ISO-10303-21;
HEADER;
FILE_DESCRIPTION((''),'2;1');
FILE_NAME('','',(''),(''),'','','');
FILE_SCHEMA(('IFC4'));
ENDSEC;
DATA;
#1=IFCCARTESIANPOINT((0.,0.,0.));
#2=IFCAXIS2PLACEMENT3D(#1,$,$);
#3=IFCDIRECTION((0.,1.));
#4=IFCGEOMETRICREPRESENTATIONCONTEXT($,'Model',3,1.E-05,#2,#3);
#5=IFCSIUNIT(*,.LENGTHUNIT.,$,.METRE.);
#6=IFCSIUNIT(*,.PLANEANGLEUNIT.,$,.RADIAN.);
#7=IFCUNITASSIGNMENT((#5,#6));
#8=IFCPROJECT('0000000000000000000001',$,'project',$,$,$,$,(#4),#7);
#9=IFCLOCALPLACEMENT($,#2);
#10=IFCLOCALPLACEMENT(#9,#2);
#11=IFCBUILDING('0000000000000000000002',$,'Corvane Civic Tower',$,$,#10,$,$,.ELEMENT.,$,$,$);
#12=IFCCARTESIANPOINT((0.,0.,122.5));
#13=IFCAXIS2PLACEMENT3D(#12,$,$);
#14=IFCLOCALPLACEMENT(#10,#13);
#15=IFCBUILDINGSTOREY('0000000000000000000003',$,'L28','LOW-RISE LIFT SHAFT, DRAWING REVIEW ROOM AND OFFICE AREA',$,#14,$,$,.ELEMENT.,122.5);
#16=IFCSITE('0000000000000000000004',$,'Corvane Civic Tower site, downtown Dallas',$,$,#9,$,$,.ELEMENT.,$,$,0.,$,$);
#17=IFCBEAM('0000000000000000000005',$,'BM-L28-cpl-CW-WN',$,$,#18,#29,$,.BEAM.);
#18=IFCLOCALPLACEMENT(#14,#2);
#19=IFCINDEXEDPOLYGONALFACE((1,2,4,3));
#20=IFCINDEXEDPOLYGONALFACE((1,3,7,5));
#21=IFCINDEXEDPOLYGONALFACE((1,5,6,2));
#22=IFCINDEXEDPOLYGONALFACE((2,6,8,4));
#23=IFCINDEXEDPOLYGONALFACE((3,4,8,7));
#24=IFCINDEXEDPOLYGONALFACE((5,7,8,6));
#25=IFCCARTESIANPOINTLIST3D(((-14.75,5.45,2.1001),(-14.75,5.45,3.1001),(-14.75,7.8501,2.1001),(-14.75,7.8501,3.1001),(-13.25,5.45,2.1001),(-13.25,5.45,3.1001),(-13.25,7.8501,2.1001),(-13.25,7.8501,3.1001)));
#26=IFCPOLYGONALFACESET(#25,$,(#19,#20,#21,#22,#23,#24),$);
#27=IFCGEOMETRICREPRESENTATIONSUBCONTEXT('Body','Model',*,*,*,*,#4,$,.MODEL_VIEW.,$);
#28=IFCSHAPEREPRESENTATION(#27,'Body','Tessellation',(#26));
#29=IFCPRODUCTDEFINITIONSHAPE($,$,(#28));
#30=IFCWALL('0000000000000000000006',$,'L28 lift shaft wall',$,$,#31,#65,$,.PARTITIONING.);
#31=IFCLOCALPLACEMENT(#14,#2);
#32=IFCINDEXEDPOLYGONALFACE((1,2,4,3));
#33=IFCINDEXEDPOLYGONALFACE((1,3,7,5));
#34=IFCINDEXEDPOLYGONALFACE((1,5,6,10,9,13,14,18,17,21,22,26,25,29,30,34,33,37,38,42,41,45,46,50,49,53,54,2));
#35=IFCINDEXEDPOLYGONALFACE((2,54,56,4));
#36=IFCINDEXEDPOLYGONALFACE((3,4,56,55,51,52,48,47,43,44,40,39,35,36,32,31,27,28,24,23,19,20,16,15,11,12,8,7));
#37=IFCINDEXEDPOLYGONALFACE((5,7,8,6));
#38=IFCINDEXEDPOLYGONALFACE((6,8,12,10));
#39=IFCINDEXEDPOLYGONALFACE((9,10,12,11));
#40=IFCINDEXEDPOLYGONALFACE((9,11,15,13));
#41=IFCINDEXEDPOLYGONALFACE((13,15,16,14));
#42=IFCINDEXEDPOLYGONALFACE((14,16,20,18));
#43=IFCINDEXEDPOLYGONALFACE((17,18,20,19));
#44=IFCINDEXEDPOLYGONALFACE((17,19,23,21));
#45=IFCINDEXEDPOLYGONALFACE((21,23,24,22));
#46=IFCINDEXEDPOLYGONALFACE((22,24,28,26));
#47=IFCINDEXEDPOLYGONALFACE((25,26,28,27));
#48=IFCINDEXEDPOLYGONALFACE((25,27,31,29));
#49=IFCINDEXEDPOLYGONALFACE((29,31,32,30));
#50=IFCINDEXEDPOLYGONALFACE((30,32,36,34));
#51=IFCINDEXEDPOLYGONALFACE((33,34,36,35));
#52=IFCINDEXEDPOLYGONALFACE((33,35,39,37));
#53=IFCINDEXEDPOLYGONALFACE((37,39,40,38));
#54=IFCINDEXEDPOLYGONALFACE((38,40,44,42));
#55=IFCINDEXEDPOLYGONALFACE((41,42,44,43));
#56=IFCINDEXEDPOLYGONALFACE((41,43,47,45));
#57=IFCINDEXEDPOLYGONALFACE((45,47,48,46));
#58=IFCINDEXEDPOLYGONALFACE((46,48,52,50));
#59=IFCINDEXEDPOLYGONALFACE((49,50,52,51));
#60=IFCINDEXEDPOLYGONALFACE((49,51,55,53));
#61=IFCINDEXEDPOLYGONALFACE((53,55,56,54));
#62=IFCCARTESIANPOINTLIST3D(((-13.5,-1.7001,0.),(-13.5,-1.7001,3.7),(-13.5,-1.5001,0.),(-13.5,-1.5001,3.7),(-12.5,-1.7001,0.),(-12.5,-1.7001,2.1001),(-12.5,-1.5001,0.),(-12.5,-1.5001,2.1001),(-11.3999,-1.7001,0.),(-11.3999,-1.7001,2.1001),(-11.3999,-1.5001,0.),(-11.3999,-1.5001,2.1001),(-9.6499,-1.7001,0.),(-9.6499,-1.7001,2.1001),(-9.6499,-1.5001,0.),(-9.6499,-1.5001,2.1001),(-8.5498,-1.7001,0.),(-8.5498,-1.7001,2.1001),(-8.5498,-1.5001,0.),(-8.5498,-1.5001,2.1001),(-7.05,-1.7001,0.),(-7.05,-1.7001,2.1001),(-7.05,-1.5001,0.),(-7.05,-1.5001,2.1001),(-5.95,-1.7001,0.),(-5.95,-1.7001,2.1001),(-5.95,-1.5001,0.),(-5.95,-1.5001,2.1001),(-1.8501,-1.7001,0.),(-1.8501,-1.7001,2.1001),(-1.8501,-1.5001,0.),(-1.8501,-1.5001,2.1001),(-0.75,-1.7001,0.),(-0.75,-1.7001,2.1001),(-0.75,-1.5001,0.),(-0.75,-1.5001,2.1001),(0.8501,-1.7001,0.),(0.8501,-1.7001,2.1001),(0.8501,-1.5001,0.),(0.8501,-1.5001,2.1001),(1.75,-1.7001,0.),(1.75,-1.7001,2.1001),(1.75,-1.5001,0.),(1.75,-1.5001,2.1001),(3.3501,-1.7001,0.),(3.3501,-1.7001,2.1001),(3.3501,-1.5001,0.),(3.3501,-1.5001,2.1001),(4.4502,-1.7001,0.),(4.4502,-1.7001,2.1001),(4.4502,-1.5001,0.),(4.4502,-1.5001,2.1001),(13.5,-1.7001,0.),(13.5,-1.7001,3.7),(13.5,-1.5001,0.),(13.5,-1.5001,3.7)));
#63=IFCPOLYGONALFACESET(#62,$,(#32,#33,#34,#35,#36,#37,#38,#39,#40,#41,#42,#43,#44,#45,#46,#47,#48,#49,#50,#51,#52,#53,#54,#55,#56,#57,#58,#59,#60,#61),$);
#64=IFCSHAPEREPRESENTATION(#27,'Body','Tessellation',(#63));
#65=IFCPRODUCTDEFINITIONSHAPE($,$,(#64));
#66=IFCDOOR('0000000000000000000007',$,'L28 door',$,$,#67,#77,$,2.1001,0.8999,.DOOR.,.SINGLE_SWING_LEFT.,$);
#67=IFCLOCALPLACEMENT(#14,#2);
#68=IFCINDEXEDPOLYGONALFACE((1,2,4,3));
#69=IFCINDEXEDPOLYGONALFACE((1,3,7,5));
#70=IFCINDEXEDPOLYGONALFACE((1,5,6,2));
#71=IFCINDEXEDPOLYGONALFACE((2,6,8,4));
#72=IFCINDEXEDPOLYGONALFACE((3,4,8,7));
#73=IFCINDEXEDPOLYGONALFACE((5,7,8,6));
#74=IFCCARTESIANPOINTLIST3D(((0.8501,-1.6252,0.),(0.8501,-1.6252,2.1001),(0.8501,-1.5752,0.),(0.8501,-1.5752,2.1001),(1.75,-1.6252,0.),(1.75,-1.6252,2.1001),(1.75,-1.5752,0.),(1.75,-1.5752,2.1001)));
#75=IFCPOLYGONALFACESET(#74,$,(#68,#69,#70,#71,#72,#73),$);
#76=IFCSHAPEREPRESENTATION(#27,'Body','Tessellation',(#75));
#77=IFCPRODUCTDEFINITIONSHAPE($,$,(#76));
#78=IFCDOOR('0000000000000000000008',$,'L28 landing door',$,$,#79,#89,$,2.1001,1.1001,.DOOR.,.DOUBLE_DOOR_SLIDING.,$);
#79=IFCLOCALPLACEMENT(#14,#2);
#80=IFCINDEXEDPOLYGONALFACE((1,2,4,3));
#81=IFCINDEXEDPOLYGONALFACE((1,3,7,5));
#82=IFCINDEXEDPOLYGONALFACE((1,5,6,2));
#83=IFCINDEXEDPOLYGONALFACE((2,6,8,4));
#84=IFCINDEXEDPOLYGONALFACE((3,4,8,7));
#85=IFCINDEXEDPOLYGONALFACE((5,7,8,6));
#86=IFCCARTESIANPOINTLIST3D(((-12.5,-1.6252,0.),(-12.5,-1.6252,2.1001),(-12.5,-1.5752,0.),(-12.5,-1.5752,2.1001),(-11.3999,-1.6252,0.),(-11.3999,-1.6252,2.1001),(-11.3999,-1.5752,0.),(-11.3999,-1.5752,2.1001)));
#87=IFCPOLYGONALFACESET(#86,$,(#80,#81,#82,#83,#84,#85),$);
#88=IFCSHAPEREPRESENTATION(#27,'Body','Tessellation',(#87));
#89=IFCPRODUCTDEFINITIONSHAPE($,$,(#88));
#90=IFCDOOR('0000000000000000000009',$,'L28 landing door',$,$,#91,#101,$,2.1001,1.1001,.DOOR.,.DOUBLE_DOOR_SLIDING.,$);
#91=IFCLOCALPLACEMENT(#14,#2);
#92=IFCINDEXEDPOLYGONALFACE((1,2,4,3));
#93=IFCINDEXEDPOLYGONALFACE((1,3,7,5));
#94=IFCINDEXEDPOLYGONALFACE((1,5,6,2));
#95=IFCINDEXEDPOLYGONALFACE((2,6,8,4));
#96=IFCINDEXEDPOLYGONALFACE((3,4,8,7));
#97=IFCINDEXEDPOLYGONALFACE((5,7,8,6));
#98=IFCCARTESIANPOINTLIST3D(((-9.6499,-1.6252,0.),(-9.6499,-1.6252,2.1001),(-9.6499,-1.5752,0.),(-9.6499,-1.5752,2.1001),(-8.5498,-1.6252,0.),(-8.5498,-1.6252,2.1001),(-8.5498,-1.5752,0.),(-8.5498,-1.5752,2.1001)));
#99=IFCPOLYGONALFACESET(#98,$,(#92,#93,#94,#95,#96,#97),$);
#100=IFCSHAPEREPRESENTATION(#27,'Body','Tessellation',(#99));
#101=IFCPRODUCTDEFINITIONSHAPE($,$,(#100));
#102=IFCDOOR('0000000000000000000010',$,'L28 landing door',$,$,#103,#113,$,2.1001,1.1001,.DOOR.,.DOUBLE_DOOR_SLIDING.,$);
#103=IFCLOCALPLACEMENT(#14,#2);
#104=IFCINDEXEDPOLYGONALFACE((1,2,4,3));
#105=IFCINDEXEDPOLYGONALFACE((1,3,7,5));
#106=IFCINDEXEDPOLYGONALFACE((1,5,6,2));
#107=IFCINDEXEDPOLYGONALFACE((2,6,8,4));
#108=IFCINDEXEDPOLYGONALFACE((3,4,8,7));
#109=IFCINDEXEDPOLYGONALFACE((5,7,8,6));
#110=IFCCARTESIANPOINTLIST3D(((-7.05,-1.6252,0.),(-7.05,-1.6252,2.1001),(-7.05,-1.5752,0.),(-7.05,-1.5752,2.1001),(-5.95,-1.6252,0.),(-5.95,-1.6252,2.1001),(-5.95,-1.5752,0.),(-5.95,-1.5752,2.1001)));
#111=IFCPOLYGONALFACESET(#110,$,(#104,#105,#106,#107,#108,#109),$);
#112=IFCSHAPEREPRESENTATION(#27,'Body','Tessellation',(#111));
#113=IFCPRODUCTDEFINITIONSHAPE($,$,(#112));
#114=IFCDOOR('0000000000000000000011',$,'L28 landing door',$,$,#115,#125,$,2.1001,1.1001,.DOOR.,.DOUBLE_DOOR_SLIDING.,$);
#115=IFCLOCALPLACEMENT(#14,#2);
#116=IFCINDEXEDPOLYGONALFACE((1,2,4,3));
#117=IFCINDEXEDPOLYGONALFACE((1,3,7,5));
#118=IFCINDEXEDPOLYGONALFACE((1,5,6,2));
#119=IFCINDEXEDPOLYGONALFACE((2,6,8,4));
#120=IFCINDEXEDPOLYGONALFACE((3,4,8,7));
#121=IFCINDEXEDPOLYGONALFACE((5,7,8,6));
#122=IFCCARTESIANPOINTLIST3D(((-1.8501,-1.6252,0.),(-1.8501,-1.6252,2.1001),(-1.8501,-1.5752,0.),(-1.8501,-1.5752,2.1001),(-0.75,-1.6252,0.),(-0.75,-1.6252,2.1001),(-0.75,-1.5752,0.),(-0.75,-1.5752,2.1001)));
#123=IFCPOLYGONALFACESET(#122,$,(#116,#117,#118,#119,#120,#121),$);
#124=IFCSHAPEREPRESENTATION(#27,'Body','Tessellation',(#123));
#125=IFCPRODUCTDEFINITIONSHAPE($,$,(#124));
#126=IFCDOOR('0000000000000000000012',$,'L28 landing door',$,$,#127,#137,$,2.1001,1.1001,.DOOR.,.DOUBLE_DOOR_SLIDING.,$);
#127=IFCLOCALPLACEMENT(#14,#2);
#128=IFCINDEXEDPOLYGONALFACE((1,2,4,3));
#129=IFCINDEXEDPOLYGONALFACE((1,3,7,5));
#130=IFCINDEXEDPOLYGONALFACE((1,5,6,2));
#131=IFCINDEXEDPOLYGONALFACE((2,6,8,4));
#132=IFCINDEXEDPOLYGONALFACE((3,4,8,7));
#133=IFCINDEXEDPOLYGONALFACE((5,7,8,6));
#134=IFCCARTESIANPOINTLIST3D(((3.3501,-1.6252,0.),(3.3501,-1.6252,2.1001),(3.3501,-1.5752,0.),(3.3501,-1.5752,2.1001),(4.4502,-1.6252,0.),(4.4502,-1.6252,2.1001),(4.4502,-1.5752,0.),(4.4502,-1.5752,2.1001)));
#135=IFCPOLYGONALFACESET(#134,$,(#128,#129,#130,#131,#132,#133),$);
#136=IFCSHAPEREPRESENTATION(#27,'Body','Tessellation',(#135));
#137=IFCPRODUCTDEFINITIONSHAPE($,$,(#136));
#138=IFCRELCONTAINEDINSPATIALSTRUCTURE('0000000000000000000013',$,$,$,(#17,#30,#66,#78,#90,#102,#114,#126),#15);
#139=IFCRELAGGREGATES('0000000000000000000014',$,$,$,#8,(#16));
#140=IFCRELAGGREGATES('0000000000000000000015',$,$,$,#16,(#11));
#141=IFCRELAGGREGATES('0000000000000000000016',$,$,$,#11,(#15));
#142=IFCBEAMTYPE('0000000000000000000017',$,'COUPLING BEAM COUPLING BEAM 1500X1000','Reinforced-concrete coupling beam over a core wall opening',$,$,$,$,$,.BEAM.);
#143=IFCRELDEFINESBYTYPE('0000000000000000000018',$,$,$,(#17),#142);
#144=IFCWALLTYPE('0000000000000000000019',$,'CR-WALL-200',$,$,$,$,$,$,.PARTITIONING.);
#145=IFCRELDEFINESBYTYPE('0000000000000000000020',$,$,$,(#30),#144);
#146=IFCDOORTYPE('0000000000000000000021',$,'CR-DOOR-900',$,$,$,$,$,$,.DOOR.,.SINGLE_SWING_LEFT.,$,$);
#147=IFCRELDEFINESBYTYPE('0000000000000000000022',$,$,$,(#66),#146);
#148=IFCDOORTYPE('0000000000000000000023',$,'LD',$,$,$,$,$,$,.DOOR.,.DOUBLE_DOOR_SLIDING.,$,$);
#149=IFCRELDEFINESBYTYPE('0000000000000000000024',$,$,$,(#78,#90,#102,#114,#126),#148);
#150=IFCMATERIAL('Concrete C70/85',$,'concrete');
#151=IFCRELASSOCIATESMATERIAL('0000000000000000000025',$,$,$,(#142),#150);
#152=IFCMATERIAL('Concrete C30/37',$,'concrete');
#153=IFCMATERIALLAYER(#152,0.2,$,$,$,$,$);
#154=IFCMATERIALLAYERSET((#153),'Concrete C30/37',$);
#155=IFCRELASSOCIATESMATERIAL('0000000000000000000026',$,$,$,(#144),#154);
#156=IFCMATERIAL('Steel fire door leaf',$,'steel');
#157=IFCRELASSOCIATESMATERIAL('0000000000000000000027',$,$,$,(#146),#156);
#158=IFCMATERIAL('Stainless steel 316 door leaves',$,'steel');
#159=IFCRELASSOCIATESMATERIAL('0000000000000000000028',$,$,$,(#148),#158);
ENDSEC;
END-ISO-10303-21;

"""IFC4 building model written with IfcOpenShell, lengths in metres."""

from ifc_helpers import new_model, si_unit, direction, frame, frame_2d, origin, origin_2d, place, context, subcontext, project, spatial, rectangle, extrude, material, layer, layer_set, material_profile, profile_set, type_object, element, fill, save


model = new_model("IFC4")

# Units and contexts
model_context = context("Model", 3, precision=1e-05, world=origin(), true_north=direction((0.0, 1.0)))
body_context = subcontext(model_context, "Body", "Model", "MODEL_VIEW")
ifc_project = project(units=[si_unit("LENGTHUNIT", "METRE"), si_unit("PLANEANGLEUNIT", "RADIAN")], contexts=[model_context])

# Site, building, storey
site_placement = place(None, origin())
site = spatial("IfcSite", under=ifc_project, at=site_placement, Name="Corvane Civic Tower site, downtown Dallas", CompositionType="ELEMENT", RefElevation=0.0)
building_placement = place(site_placement, origin())
building = spatial("IfcBuilding", under=site, at=building_placement, Name="Corvane Civic Tower", CompositionType="ELEMENT")
storey_placement = place(building_placement, frame((0.0, 0.0, 122.5)))
storey = spatial("IfcBuildingStorey", under=building, at=storey_placement, Name="L28", Description="LOW-RISE LIFT SHAFT, DRAWING REVIEW ROOM AND OFFICE AREA", CompositionType="ELEMENT", Elevation=122.5)

# Beam
ifc_material_1 = material(Name="Concrete C70/85", Category="concrete")
ifc_material_profile = material_profile(ifc_material_1, rectangle(XDim=1.5, YDim=1.0, at=origin_2d()), Name="COUPLING BEAM 1500X1000")
ifc_profile_set = profile_set([ifc_material_profile], Name="Concrete C70/85")
beam_type = type_object("IfcBeamType", Name="COUPLING BEAM COUPLING BEAM 1500X1000", Description="Reinforced-concrete coupling beam over a core wall opening", PredefinedType="BEAM", material=ifc_profile_set)
beam_placement = place(storey_placement, frame((-14.0, 5.45, 2.6001), z_axis=(0.0, 1.0, 0.0), x_axis=(-1.0, 0.0, 0.0)))
element("IfcBeam", 1, at=beam_placement, inside=storey, type_object=beam_type, Name="BM-L28-cpl-CW-WN", PredefinedType="BEAM", context=body_context, shape_type="SweptSolid", body=[
    extrude(rectangle(XDim=1.5, YDim=1.0, at=origin_2d()), origin(), (0.0, 0.0, 1.0), 2.4001),
])

# Wall, openings, doors
ifc_material_2 = material(Name="Concrete C30/37", Category="concrete")
ifc_layer_1 = layer(ifc_material_2, 0.2)
ifc_layer_set_1 = layer_set([ifc_layer_1], Name="Concrete C30/37")
wall_type_1 = type_object("IfcWallType", Name="CR-WALL-200", PredefinedType="PARTITIONING", material=ifc_layer_set_1)
wall_1_placement = place(storey_placement, frame((-13.5, -1.6001, 0.0), z_axis=(0.0, 0.0, 1.0), x_axis=(1.0, 0.0, 0.0)))
wall_1 = element("IfcWall", 2, at=wall_1_placement, inside=storey, type_object=wall_type_1, Name="L28 lift shaft wall", PredefinedType="PARTITIONING", context=body_context, shape_type="SweptSolid", body=[
    extrude(rectangle(XDim=27.0, YDim=0.2, at=frame_2d((13.5, 0.0))), origin(), (0.0, 0.0, 1.0), 3.7),
])
opening_1_placement = place(wall_1_placement, frame((1.0, 0.0, 0.0)))
opening_1 = element("IfcOpeningElement", 3, at=opening_1_placement, cuts=wall_1, PredefinedType="OPENING", context=body_context, shape_type="SweptSolid", body=[
    extrude(rectangle(XDim=1.1001, YDim=2.1001, at=frame_2d((0.55, 1.05))), frame((0.0, 0.1099, 0.0), z_axis=(0.0, -1.0, 0.0), x_axis=(1.0, 0.0, 0.0)), (0.0, 0.0, 1.0), 0.22),
])
opening_2_placement = place(wall_1_placement, frame((3.8501, 0.0, 0.0)))
opening_2 = element("IfcOpeningElement", 4, at=opening_2_placement, cuts=wall_1, PredefinedType="OPENING", context=body_context, shape_type="SweptSolid", body=[
    extrude(rectangle(XDim=1.1001, YDim=2.1001, at=frame_2d((0.55, 1.05))), frame((0.0, 0.1099, 0.0), z_axis=(0.0, -1.0, 0.0), x_axis=(1.0, 0.0, 0.0)), (0.0, 0.0, 1.0), 0.22),
])
opening_3_placement = place(wall_1_placement, frame((6.45, 0.0, 0.0)))
opening_3 = element("IfcOpeningElement", 5, at=opening_3_placement, cuts=wall_1, PredefinedType="OPENING", context=body_context, shape_type="SweptSolid", body=[
    extrude(rectangle(XDim=1.1001, YDim=2.1001, at=frame_2d((0.55, 1.05))), frame((0.0, 0.1099, 0.0), z_axis=(0.0, -1.0, 0.0), x_axis=(1.0, 0.0, 0.0)), (0.0, 0.0, 1.0), 0.22),
])
opening_4_placement = place(wall_1_placement, frame((11.6499, 0.0, 0.0)))
opening_4 = element("IfcOpeningElement", 6, at=opening_4_placement, cuts=wall_1, PredefinedType="OPENING", context=body_context, shape_type="SweptSolid", body=[
    extrude(rectangle(XDim=1.1001, YDim=2.1001, at=frame_2d((0.55, 1.05))), frame((0.0, 0.1099, 0.0), z_axis=(0.0, -1.0, 0.0), x_axis=(1.0, 0.0, 0.0)), (0.0, 0.0, 1.0), 0.22),
])
opening_5_placement = place(wall_1_placement, frame((14.3501, 0.0, 0.0)))
opening_5 = element("IfcOpeningElement", 7, at=opening_5_placement, cuts=wall_1, PredefinedType="OPENING", context=body_context, shape_type="SweptSolid", body=[
    extrude(rectangle(XDim=0.8999, YDim=2.1001, at=frame_2d((0.45, 1.05))), frame((0.0, 0.1099, 0.0), z_axis=(0.0, -1.0, 0.0), x_axis=(1.0, 0.0, 0.0)), (0.0, 0.0, 1.0), 0.22),
])
opening_6_placement = place(wall_1_placement, frame((16.8501, 0.0, 0.0)))
opening_6 = element("IfcOpeningElement", 8, at=opening_6_placement, cuts=wall_1, PredefinedType="OPENING", context=body_context, shape_type="SweptSolid", body=[
    extrude(rectangle(XDim=1.1001, YDim=2.1001, at=frame_2d((0.55, 1.05))), frame((0.0, 0.1099, 0.0), z_axis=(0.0, -1.0, 0.0), x_axis=(1.0, 0.0, 0.0)), (0.0, 0.0, 1.0), 0.22),
])
ifc_material_3 = material(Name="Steel fire door leaf", Category="steel")
door_type_1 = type_object("IfcDoorType", Name="CR-DOOR-900", OperationType="SINGLE_SWING_LEFT", PredefinedType="DOOR", material=ifc_material_3)
door_1_placement = place(opening_5_placement, origin())
door_1 = element("IfcDoor", 9, at=door_1_placement, inside=storey, type_object=door_type_1, Name="L28 door", OperationType="SINGLE_SWING_LEFT", OverallHeight=2.1001, OverallWidth=0.8999, PredefinedType="DOOR", context=body_context, shape_type="SweptSolid", body=[
    extrude(rectangle(XDim=0.8999, YDim=2.1001, at=frame_2d((0.45, 1.05))), frame((0.0, 0.0249, 0.0), z_axis=(0.0, -1.0, 0.0), x_axis=(1.0, 0.0, 0.0)), (0.0, 0.0, 1.0), 0.05),
])
fill(opening_5, door_1)
ifc_material_4 = material(Name="Stainless steel 316 door leaves", Category="steel")
door_type_2 = type_object("IfcDoorType", Name="LD", OperationType="DOUBLE_DOOR_SLIDING", PredefinedType="DOOR", material=ifc_material_4)
door_2_placement = place(opening_1_placement, origin())
door_2 = element("IfcDoor", 10, at=door_2_placement, inside=storey, type_object=door_type_2, Name="L28 landing door", OperationType="DOUBLE_DOOR_SLIDING", OverallHeight=2.1001, OverallWidth=1.1001, PredefinedType="DOOR", context=body_context, shape_type="SweptSolid", body=[
    extrude(rectangle(XDim=1.1001, YDim=2.1001, at=frame_2d((0.55, 1.05))), frame((0.0, 0.0249, 0.0), z_axis=(0.0, -1.0, 0.0), x_axis=(1.0, 0.0, 0.0)), (0.0, 0.0, 1.0), 0.05),
])
fill(opening_1, door_2)
door_3_placement = place(opening_2_placement, origin())
door_3 = element("IfcDoor", 11, at=door_3_placement, inside=storey, type_object=door_type_2, Name="L28 landing door", OperationType="DOUBLE_DOOR_SLIDING", OverallHeight=2.1001, OverallWidth=1.1001, PredefinedType="DOOR", context=body_context, shape_type="SweptSolid", body=[
    extrude(rectangle(XDim=1.1001, YDim=2.1001, at=frame_2d((0.55, 1.05))), frame((0.0, 0.0249, 0.0), z_axis=(0.0, -1.0, 0.0), x_axis=(1.0, 0.0, 0.0)), (0.0, 0.0, 1.0), 0.05),
])
fill(opening_2, door_3)
door_4_placement = place(opening_3_placement, origin())
door_4 = element("IfcDoor", 12, at=door_4_placement, inside=storey, type_object=door_type_2, Name="L28 landing door", OperationType="DOUBLE_DOOR_SLIDING", OverallHeight=2.1001, OverallWidth=1.1001, PredefinedType="DOOR", context=body_context, shape_type="SweptSolid", body=[
    extrude(rectangle(XDim=1.1001, YDim=2.1001, at=frame_2d((0.55, 1.05))), frame((0.0, 0.0249, 0.0), z_axis=(0.0, -1.0, 0.0), x_axis=(1.0, 0.0, 0.0)), (0.0, 0.0, 1.0), 0.05),
])
fill(opening_3, door_4)
door_5_placement = place(opening_4_placement, origin())
door_5 = element("IfcDoor", 13, at=door_5_placement, inside=storey, type_object=door_type_2, Name="L28 landing door", OperationType="DOUBLE_DOOR_SLIDING", OverallHeight=2.1001, OverallWidth=1.1001, PredefinedType="DOOR", context=body_context, shape_type="SweptSolid", body=[
    extrude(rectangle(XDim=1.1001, YDim=2.1001, at=frame_2d((0.55, 1.05))), frame((0.0, 0.0249, 0.0), z_axis=(0.0, -1.0, 0.0), x_axis=(1.0, 0.0, 0.0)), (0.0, 0.0, 1.0), 0.05),
])
fill(opening_4, door_5)
door_6_placement = place(opening_6_placement, origin())
door_6 = element("IfcDoor", 14, at=door_6_placement, inside=storey, type_object=door_type_2, Name="L28 landing door", OperationType="DOUBLE_DOOR_SLIDING", OverallHeight=2.1001, OverallWidth=1.1001, PredefinedType="DOOR", context=body_context, shape_type="SweptSolid", body=[
    extrude(rectangle(XDim=1.1001, YDim=2.1001, at=frame_2d((0.55, 1.05))), frame((0.0, 0.0249, 0.0), z_axis=(0.0, -1.0, 0.0), x_axis=(1.0, 0.0, 0.0)), (0.0, 0.0, 1.0), 0.05),
])
fill(opening_6, door_6)

save(model, "model.ifc")
